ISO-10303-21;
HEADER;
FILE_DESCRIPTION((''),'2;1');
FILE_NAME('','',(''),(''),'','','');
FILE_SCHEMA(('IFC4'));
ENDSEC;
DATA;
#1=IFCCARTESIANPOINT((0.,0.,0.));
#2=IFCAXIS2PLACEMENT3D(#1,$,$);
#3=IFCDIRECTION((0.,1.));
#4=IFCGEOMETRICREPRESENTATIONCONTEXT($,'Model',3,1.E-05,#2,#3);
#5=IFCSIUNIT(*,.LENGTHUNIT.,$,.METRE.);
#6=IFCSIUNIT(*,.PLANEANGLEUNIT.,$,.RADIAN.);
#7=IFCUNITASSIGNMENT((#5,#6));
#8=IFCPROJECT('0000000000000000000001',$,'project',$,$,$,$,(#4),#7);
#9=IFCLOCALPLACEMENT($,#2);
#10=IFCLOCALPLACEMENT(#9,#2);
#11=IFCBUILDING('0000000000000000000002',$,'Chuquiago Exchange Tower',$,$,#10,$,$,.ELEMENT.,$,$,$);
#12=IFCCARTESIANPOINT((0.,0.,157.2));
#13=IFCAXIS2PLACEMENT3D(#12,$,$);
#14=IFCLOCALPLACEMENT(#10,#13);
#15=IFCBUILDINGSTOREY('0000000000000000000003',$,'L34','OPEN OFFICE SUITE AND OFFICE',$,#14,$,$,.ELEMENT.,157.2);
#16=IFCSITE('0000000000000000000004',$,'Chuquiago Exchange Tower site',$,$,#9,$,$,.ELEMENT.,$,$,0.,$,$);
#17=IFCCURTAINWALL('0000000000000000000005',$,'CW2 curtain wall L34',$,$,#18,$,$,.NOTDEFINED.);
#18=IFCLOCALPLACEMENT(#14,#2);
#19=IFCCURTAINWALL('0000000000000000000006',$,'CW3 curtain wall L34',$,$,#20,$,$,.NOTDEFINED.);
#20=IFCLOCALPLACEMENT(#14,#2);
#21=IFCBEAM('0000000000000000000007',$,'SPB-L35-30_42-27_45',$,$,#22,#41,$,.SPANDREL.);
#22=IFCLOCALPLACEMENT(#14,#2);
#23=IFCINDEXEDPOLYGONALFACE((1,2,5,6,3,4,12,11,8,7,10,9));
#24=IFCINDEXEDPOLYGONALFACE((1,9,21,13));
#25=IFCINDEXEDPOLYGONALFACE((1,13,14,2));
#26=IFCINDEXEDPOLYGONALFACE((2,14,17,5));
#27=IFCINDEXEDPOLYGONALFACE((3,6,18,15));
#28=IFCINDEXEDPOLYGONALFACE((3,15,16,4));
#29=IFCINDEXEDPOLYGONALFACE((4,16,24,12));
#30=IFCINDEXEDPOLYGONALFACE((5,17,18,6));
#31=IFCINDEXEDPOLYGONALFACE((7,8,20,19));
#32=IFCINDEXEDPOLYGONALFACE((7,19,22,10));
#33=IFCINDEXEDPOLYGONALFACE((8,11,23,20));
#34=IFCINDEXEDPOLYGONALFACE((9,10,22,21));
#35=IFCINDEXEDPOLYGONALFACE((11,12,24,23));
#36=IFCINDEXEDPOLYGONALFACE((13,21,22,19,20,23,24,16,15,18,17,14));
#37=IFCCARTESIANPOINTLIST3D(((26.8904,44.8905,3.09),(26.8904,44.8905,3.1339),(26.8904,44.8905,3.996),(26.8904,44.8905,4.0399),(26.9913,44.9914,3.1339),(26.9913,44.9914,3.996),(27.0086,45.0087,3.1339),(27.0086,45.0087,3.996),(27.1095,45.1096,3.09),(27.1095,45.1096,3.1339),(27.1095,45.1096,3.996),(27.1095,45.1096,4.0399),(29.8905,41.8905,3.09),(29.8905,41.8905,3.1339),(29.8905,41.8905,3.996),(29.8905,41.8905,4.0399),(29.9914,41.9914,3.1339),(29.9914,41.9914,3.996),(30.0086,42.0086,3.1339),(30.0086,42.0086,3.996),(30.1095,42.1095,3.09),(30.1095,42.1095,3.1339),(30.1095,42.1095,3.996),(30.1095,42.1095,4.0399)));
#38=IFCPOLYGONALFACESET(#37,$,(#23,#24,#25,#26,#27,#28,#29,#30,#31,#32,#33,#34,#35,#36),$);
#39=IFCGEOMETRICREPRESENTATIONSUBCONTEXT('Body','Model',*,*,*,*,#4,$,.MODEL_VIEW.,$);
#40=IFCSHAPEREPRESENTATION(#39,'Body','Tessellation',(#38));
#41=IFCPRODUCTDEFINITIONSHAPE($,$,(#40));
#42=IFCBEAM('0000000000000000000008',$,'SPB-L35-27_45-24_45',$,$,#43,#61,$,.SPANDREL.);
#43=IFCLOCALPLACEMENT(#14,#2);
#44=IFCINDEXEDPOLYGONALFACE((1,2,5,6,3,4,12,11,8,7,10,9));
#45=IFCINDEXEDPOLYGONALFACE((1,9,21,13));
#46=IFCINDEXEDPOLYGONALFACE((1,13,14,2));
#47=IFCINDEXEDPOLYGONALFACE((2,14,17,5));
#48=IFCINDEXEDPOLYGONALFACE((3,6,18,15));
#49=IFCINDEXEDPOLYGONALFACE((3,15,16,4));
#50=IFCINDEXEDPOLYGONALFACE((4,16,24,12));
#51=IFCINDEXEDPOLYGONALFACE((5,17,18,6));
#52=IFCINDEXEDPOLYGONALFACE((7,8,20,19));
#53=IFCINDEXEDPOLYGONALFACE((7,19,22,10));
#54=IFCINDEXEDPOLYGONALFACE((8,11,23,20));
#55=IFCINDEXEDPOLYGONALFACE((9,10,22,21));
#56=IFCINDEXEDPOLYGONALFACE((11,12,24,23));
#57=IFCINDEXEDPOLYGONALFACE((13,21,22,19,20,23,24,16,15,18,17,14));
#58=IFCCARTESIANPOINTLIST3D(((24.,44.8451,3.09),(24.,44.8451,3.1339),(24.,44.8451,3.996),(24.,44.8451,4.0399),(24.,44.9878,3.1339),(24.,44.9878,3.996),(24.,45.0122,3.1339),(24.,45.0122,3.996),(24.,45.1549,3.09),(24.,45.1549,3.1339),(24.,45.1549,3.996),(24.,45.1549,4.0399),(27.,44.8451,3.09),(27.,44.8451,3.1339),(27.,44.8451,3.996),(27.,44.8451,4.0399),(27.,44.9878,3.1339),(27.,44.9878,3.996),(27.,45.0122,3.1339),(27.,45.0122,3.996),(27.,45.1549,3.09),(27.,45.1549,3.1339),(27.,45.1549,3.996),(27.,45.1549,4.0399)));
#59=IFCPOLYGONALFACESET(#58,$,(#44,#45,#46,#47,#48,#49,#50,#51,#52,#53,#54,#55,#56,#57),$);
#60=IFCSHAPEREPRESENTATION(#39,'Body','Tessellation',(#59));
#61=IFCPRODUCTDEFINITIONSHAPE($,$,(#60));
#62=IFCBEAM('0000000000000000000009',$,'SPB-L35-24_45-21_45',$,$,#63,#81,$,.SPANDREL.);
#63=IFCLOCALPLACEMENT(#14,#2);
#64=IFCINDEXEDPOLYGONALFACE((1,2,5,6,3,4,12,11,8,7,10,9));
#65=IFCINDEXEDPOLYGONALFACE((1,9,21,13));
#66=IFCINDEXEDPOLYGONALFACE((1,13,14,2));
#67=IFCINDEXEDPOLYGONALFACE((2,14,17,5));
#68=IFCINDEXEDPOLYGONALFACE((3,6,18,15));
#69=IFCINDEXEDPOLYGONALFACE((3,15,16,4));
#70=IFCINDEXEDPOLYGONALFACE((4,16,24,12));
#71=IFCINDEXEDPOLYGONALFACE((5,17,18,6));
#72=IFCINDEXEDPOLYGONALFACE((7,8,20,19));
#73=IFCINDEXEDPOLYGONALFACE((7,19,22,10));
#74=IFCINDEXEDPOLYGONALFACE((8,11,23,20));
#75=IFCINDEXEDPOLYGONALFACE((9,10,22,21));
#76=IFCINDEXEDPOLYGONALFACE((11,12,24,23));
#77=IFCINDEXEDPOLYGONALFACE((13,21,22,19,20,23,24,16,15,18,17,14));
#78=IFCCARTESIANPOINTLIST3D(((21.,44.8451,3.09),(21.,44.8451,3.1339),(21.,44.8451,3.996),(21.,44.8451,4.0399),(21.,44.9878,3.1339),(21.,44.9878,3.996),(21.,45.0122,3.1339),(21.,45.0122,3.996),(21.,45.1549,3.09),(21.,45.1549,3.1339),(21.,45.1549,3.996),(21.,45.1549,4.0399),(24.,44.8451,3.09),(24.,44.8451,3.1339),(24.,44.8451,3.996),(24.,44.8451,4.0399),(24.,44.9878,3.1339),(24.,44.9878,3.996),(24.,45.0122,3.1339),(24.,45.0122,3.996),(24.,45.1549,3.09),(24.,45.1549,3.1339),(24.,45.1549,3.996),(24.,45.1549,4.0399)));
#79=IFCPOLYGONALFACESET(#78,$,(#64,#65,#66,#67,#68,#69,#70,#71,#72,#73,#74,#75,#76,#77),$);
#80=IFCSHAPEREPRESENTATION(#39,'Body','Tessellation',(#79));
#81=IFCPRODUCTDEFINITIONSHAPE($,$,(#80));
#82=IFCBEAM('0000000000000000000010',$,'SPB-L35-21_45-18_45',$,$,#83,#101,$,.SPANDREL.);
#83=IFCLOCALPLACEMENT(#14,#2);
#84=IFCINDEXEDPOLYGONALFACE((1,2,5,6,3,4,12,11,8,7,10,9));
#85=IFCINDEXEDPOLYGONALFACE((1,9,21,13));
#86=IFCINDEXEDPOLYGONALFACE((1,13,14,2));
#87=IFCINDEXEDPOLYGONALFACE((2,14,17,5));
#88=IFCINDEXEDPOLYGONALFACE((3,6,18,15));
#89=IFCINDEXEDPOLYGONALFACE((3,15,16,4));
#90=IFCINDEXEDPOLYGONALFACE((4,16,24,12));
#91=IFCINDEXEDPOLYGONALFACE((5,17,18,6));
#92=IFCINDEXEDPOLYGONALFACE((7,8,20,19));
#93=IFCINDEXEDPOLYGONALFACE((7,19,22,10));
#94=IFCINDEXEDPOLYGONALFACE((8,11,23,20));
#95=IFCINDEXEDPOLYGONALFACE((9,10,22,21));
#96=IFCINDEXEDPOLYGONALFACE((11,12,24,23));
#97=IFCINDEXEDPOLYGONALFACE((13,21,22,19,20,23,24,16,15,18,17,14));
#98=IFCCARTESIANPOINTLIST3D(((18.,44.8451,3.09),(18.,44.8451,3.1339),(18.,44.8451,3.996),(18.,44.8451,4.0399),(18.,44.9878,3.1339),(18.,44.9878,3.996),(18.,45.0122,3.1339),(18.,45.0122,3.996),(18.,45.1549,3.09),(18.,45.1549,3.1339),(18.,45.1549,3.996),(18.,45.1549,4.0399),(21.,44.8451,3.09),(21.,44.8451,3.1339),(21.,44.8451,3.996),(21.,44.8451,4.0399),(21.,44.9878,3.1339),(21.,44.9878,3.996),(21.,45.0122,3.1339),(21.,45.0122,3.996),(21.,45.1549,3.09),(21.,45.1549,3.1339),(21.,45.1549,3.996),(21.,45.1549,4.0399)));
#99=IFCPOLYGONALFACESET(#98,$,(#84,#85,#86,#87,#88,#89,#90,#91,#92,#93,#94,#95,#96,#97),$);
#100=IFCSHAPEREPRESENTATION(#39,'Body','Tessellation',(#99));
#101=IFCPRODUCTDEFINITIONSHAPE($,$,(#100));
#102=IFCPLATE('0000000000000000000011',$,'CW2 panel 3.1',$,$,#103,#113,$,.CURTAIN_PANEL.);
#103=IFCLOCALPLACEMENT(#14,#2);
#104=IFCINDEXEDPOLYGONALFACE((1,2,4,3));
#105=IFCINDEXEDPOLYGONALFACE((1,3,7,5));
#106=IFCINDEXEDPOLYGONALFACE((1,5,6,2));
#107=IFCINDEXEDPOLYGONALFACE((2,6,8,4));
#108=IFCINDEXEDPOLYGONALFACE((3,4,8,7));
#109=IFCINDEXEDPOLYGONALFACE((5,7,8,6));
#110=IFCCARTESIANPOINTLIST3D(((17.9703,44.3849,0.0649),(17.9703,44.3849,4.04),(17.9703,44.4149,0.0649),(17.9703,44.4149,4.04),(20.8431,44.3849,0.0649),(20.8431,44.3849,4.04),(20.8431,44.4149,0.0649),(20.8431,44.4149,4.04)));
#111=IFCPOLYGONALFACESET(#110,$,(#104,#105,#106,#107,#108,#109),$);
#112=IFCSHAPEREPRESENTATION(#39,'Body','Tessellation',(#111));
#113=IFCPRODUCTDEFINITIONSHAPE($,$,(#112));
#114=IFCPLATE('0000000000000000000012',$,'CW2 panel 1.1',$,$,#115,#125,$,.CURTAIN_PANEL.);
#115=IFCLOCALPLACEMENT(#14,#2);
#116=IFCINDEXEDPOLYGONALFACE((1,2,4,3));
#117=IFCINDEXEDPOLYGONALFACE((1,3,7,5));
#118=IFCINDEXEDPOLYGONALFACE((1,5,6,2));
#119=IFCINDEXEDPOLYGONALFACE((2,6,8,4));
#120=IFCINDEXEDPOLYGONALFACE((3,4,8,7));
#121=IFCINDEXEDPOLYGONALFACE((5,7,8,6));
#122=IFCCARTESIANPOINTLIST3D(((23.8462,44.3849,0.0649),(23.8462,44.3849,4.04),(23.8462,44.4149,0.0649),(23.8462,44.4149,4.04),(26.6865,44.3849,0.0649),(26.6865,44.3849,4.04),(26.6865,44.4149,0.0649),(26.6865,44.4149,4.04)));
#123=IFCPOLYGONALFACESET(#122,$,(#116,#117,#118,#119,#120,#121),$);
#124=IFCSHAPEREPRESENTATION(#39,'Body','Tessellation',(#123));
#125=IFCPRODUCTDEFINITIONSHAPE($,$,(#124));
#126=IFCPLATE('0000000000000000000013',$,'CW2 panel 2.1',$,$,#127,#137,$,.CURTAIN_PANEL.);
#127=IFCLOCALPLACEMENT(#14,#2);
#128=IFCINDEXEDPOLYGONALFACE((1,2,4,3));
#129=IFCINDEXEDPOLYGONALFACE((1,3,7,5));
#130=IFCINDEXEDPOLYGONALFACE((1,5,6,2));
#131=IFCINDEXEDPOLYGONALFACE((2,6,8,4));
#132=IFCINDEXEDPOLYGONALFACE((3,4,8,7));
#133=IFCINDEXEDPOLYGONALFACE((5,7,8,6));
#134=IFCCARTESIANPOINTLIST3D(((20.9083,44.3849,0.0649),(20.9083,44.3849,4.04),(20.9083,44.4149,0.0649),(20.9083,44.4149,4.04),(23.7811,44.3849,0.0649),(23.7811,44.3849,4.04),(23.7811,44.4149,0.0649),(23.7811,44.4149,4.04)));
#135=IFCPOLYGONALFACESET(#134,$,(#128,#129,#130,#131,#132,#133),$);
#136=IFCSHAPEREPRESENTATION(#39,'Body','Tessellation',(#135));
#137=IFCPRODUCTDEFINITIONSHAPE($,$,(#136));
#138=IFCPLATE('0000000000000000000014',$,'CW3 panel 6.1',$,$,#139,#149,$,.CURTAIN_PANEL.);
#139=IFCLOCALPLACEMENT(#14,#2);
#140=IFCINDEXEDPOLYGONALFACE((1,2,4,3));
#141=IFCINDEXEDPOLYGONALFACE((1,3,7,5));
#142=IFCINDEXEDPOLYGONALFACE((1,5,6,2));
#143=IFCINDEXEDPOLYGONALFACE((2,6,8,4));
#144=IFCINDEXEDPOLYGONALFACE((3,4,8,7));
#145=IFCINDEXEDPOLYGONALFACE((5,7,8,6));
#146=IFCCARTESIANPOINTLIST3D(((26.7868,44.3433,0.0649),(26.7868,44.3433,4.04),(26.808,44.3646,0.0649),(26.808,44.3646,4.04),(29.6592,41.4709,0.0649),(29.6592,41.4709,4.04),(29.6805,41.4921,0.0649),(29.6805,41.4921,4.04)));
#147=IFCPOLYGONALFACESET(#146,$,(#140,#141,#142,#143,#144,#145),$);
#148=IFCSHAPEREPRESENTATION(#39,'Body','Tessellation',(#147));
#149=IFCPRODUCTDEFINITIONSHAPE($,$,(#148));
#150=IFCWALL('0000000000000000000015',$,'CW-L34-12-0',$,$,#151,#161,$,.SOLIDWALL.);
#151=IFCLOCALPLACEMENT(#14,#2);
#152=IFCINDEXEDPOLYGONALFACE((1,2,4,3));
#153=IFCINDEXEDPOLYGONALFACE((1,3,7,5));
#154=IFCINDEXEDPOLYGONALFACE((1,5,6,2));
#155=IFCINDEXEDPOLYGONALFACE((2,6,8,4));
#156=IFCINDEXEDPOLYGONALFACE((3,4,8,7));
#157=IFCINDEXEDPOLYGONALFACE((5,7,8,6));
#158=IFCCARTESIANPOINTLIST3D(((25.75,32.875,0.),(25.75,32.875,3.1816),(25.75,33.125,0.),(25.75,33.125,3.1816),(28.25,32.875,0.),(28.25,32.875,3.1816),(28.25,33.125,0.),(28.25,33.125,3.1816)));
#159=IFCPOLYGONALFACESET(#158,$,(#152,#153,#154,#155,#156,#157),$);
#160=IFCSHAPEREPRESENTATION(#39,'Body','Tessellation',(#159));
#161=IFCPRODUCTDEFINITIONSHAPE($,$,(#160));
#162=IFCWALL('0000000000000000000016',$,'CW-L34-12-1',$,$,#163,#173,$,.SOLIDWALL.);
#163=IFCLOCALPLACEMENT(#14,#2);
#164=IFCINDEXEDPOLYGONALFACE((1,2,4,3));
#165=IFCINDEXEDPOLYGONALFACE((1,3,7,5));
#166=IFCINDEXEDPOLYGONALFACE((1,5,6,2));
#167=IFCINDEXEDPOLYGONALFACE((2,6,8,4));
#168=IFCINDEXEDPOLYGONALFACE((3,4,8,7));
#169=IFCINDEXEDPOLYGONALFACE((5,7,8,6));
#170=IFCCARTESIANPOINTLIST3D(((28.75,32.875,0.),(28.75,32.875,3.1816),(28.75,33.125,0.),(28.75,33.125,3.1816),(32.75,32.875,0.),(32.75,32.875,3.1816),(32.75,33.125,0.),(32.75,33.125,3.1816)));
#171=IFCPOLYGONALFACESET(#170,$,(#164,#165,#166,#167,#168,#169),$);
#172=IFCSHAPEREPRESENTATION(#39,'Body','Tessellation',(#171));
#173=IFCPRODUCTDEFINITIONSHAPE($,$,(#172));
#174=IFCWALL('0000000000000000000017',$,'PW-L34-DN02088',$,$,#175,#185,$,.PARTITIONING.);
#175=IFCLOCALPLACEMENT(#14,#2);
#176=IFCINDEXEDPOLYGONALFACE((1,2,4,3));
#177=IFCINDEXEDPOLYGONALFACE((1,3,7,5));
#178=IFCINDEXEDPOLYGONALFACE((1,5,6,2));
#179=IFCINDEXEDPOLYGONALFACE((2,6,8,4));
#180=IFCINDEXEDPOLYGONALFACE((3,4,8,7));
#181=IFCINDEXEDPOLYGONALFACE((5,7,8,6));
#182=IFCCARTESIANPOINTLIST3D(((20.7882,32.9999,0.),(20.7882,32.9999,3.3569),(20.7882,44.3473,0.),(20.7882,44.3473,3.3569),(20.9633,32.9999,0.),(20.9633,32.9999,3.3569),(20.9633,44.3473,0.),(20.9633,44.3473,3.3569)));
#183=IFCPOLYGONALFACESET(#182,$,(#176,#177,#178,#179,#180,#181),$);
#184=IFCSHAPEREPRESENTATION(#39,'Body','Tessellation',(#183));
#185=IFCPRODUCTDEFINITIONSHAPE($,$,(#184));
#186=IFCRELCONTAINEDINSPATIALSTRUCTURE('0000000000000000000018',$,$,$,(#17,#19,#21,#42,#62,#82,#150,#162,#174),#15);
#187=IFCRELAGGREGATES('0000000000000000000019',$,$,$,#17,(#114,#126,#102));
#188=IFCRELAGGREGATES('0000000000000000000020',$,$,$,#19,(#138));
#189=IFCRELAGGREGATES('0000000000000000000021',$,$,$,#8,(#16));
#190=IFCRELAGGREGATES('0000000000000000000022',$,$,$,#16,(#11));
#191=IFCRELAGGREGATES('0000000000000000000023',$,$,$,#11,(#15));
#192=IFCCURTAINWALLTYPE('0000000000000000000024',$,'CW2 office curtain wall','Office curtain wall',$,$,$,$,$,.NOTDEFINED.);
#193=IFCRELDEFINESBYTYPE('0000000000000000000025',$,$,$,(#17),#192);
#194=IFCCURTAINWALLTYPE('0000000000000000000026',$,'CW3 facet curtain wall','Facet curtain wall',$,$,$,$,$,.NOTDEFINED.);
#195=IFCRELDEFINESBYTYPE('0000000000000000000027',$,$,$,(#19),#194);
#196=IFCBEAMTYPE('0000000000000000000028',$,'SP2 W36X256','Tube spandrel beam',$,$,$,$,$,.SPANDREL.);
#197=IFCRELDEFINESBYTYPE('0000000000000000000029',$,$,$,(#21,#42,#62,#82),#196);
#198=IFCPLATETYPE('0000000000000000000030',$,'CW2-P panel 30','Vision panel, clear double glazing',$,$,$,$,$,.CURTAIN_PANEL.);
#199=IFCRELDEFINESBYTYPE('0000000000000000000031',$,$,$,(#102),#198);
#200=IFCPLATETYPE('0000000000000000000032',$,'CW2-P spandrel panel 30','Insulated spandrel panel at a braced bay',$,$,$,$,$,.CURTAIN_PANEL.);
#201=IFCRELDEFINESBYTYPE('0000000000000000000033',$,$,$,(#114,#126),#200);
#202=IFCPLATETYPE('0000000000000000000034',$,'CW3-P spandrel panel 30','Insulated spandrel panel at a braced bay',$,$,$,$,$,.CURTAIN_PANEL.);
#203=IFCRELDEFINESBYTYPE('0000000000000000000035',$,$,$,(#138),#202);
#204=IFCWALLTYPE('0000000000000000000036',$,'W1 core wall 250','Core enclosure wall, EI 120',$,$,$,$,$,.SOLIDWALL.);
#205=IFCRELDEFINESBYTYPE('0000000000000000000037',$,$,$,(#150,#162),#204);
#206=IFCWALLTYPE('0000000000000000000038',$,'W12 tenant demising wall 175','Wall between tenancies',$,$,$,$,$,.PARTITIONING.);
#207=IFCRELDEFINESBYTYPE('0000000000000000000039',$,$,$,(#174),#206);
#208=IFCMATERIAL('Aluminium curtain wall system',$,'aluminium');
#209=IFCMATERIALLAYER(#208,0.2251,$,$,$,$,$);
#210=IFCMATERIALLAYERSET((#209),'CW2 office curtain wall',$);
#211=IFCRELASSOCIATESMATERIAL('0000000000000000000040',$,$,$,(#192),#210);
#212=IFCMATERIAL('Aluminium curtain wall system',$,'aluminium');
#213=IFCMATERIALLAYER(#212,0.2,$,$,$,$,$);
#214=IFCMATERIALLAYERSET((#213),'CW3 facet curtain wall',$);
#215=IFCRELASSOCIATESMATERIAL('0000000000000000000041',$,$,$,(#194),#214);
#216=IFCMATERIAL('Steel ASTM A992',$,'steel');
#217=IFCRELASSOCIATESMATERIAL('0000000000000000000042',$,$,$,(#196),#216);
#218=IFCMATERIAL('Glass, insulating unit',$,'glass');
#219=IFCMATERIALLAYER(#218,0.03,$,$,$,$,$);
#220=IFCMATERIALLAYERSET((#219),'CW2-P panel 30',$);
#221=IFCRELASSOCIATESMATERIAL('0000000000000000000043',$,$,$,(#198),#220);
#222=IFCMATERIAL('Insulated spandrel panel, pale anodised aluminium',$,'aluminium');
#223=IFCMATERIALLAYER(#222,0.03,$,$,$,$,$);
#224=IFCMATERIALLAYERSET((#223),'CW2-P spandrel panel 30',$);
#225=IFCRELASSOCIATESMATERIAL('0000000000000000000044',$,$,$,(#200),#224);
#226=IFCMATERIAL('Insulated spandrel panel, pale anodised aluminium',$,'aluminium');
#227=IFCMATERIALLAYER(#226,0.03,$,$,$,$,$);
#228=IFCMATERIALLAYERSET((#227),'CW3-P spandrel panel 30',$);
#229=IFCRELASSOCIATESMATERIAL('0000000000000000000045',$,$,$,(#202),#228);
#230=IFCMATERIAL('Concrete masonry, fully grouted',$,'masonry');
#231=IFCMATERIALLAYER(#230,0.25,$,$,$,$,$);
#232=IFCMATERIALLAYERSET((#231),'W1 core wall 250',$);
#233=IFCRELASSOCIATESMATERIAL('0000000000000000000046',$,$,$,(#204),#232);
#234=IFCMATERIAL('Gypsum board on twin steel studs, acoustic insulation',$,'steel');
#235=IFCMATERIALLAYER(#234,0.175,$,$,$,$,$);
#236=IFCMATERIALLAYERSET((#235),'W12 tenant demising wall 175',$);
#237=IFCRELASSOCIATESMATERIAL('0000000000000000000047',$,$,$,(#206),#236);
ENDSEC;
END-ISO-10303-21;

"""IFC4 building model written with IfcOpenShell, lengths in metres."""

from ifc_helpers import new_model, si_unit, direction, frame, frame_2d, origin, origin_2d, place, context, subcontext, project, spatial, rectangle, i_section, extrude, material, layer, layer_set, material_profile, profile_set, type_object, element, aggregate, save


model = new_model("IFC4")

# Units and contexts
model_context = context("Model", 3, precision=1e-05, world=origin(), true_north=direction((0.0, 1.0)))
body_context = subcontext(model_context, "Body", "Model", "MODEL_VIEW")
ifc_project = project(units=[si_unit("LENGTHUNIT", "METRE"), si_unit("PLANEANGLEUNIT", "RADIAN")], contexts=[model_context])

# Site, building, storey
site_placement = place(None, origin())
site = spatial("IfcSite", under=ifc_project, at=site_placement, Name="Chuquiago Exchange Tower site", CompositionType="ELEMENT", RefElevation=0.0)
building_placement = place(site_placement, origin())
building = spatial("IfcBuilding", under=site, at=building_placement, Name="Chuquiago Exchange Tower", CompositionType="ELEMENT")
storey_placement = place(building_placement, frame((0.0, 0.0, 157.2)))
storey = spatial("IfcBuildingStorey", under=building, at=storey_placement, Name="L34", Description="OPEN OFFICE SUITE AND OFFICE", CompositionType="ELEMENT", Elevation=157.2)

# Curtain walls
ifc_material_1 = material(Name="Aluminium curtain wall system", Category="aluminium")
ifc_layer_1 = layer(ifc_material_1, 0.2251)
ifc_layer_set_1 = layer_set([ifc_layer_1], Name="CW2 office curtain wall")
curtain_wall_type_1 = type_object("IfcCurtainWallType", Name="CW2 office curtain wall", Description="Office curtain wall", PredefinedType="NOTDEFINED", material=ifc_layer_set_1)
curtain_wall_1_placement = place(storey_placement, origin())
curtain_wall_1 = element("IfcCurtainWall", 1, at=curtain_wall_1_placement, inside=storey, type_object=curtain_wall_type_1, Name="CW2 curtain wall L34", PredefinedType="NOTDEFINED")
ifc_material_2 = material(Name="Aluminium curtain wall system", Category="aluminium")
ifc_layer_2 = layer(ifc_material_2, 0.2)
ifc_layer_set_2 = layer_set([ifc_layer_2], Name="CW3 facet curtain wall")
curtain_wall_type_2 = type_object("IfcCurtainWallType", Name="CW3 facet curtain wall", Description="Facet curtain wall", PredefinedType="NOTDEFINED", material=ifc_layer_set_2)
curtain_wall_2_placement = place(storey_placement, origin())
curtain_wall_2 = element("IfcCurtainWall", 2, at=curtain_wall_2_placement, inside=storey, type_object=curtain_wall_type_2, Name="CW3 curtain wall L34", PredefinedType="NOTDEFINED")

# Beams
ifc_material_3 = material(Name="Steel ASTM A992", Category="steel")
ifc_material_profile_1 = material_profile(ifc_material_3, i_section(OverallWidth=0.3098, OverallDepth=0.95, WebThickness=0.0244, FlangeThickness=0.0439, at=origin_2d()), Name="W36X256")
ifc_profile_set_1 = profile_set([ifc_material_profile_1], Name="Steel ASTM A992")
beam_type_1 = type_object("IfcBeamType", Name="SP2 W36X256", Description="Tube spandrel beam", PredefinedType="SPANDREL", material=ifc_profile_set_1)
beam_1_placement = place(storey_placement, frame((30.0, 42.0, 3.5649), z_axis=(-0.707107, 0.707107, 0.0), x_axis=(-0.707107, -0.707107, 0.0)))
element("IfcBeam", 3, at=beam_1_placement, inside=storey, type_object=beam_type_1, Name="SPB-L35-30_42-27_45", PredefinedType="SPANDREL", context=body_context, shape_type="SweptSolid", body=[
    extrude(i_section(OverallWidth=0.3098, OverallDepth=0.95, WebThickness=0.0244, FlangeThickness=0.0439, at=origin_2d()), origin(), (0.0, 0.0, 1.0), 4.2427),
])
for number, where, z_axis, x_axis, name in (
    (4, (27.0, 45.0, 3.5649), (-1.0, 0.0, 0.0), (0.0, -1.0, 0.0), "SPB-L35-27_45-24_45"),
    (5, (24.0, 45.0, 3.5649), (-1.0, 0.0, 0.0), (0.0, -1.0, 0.0), "SPB-L35-24_45-21_45"),
    (6, (21.0, 45.0, 3.5649), (-1.0, 0.0, 0.0), (0.0, -1.0, 0.0), "SPB-L35-21_45-18_45"),
):
    element("IfcBeam", number, at=place(storey_placement, frame(where, z_axis=z_axis, x_axis=x_axis)), inside=storey, type_object=beam_type_1, Name=name, PredefinedType="SPANDREL", context=body_context, shape_type="SweptSolid", body=[
        extrude(i_section(OverallWidth=0.3098, OverallDepth=0.95, WebThickness=0.0244, FlangeThickness=0.0439, at=origin_2d()), origin(), (0.0, 0.0, 1.0), 3.0),
    ])

# Plates
ifc_material_4 = material(Name="Glass, insulating unit", Category="glass")
ifc_layer_3 = layer(ifc_material_4, 0.03)
ifc_layer_set_3 = layer_set([ifc_layer_3], Name="CW2-P panel 30")
plate_type_1 = type_object("IfcPlateType", Name="CW2-P panel 30", Description="Vision panel, clear double glazing", PredefinedType="CURTAIN_PANEL", material=ifc_layer_set_3)
plate_1_placement = place(storey_placement, frame((19.4067, 44.3999, 0.0649), z_axis=(0.0, 0.0, 1.0), x_axis=(-1.0, 0.0, 0.0)))
plate_1 = element("IfcPlate", 7, at=plate_1_placement, type_object=plate_type_1, Name="CW2 panel 3.1", PredefinedType="CURTAIN_PANEL", context=body_context, shape_type="SweptSolid", body=[
    extrude(rectangle(XDim=2.8728, YDim=0.03, at=origin_2d()), origin(), (0.0, 0.0, 1.0), 3.9751),
])
ifc_material_5 = material(Name="Insulated spandrel panel, pale anodised aluminium", Category="aluminium")
ifc_layer_4 = layer(ifc_material_5, 0.03)
ifc_layer_set_4 = layer_set([ifc_layer_4], Name="CW2-P spandrel panel 30")
plate_type_2 = type_object("IfcPlateType", Name="CW2-P spandrel panel 30", Description="Insulated spandrel panel at a braced bay", PredefinedType="CURTAIN_PANEL", material=ifc_layer_set_4)
plate_2_placement = place(storey_placement, frame((25.2664, 44.3999, 0.0649), z_axis=(0.0, 0.0, 1.0), x_axis=(-1.0, 0.0, 0.0)))
plate_2 = element("IfcPlate", 8, at=plate_2_placement, type_object=plate_type_2, Name="CW2 panel 1.1", PredefinedType="CURTAIN_PANEL", context=body_context, shape_type="SweptSolid", body=[
    extrude(rectangle(XDim=2.8403, YDim=0.03, at=origin_2d()), origin(), (0.0, 0.0, 1.0), 3.9751),
])
plate_3_placement = place(storey_placement, frame((22.3447, 44.3999, 0.0649), z_axis=(0.0, 0.0, 1.0), x_axis=(-1.0, 0.0, 0.0)))
plate_3 = element("IfcPlate", 9, at=plate_3_placement, type_object=plate_type_2, Name="CW2 panel 2.1", PredefinedType="CURTAIN_PANEL", context=body_context, shape_type="SweptSolid", body=[
    extrude(rectangle(XDim=2.8728, YDim=0.03, at=origin_2d()), origin(), (0.0, 0.0, 1.0), 3.9751),
])
aggregate(curtain_wall_1, [plate_2, plate_3, plate_1])
ifc_material_6 = material(Name="Insulated spandrel panel, pale anodised aluminium", Category="aluminium")
ifc_layer_5 = layer(ifc_material_6, 0.03)
ifc_layer_set_5 = layer_set([ifc_layer_5], Name="CW3-P spandrel panel 30")
plate_type_3 = type_object("IfcPlateType", Name="CW3-P spandrel panel 30", Description="Insulated spandrel panel at a braced bay", PredefinedType="CURTAIN_PANEL", material=ifc_layer_set_5)
plate_4_placement = place(storey_placement, frame((28.2336, 42.9177, 0.0649), z_axis=(0.0, 0.0, 1.0), x_axis=(-0.707107, 0.707107, 0.0)))
plate_4 = element("IfcPlate", 10, at=plate_4_placement, type_object=plate_type_3, Name="CW3 panel 6.1", PredefinedType="CURTAIN_PANEL", context=body_context, shape_type="SweptSolid", body=[
    extrude(rectangle(XDim=4.0623, YDim=0.03, at=origin_2d()), origin(), (0.0, 0.0, 1.0), 3.9751),
])
aggregate(curtain_wall_2, [plate_4])

# Walls
ifc_material_7 = material(Name="Concrete masonry, fully grouted", Category="masonry")
ifc_layer_6 = layer(ifc_material_7, 0.25)
ifc_layer_set_6 = layer_set([ifc_layer_6], Name="W1 core wall 250")
wall_type_1 = type_object("IfcWallType", Name="W1 core wall 250", Description="Core enclosure wall, EI 120", PredefinedType="SOLIDWALL", material=ifc_layer_set_6)
wall_1_placement = place(storey_placement, frame((25.75, 33.0, 0.0), z_axis=(0.0, 0.0, 1.0), x_axis=(1.0, 0.0, 0.0)))
element("IfcWall", 11, at=wall_1_placement, inside=storey, type_object=wall_type_1, Name="CW-L34-12-0", PredefinedType="SOLIDWALL", context=body_context, shape_type="SweptSolid", body=[
    extrude(rectangle(XDim=2.5, YDim=0.25, at=frame_2d((1.25, 0.0))), origin(), (0.0, 0.0, 1.0), 3.1816),
])
wall_2_placement = place(storey_placement, frame((28.75, 33.0, 0.0), z_axis=(0.0, 0.0, 1.0), x_axis=(1.0, 0.0, 0.0)))
element("IfcWall", 12, at=wall_2_placement, inside=storey, type_object=wall_type_1, Name="CW-L34-12-1", PredefinedType="SOLIDWALL", context=body_context, shape_type="SweptSolid", body=[
    extrude(rectangle(XDim=4.0, YDim=0.25, at=frame_2d((2.0, 0.0))), origin(), (0.0, 0.0, 1.0), 3.1816),
])
ifc_material_8 = material(Name="Gypsum board on twin steel studs, acoustic insulation", Category="steel")
ifc_layer_7 = layer(ifc_material_8, 0.175)
ifc_layer_set_7 = layer_set([ifc_layer_7], Name="W12 tenant demising wall 175")
wall_type_2 = type_object("IfcWallType", Name="W12 tenant demising wall 175", Description="Wall between tenancies", PredefinedType="PARTITIONING", material=ifc_layer_set_7)
wall_3_placement = place(storey_placement, frame((20.8757, 44.3474, 0.0), z_axis=(0.0, 0.0, 1.0), x_axis=(0.0, -1.0, 0.0)))
element("IfcWall", 13, at=wall_3_placement, inside=storey, type_object=wall_type_2, Name="PW-L34-DN02088", PredefinedType="PARTITIONING", context=body_context, shape_type="SweptSolid", body=[
    extrude(rectangle(XDim=11.3474, YDim=0.175, at=frame_2d((5.6738, 0.0))), origin(), (0.0, 0.0, 1.0), 3.3569),
])

save(model, "model.ifc")
